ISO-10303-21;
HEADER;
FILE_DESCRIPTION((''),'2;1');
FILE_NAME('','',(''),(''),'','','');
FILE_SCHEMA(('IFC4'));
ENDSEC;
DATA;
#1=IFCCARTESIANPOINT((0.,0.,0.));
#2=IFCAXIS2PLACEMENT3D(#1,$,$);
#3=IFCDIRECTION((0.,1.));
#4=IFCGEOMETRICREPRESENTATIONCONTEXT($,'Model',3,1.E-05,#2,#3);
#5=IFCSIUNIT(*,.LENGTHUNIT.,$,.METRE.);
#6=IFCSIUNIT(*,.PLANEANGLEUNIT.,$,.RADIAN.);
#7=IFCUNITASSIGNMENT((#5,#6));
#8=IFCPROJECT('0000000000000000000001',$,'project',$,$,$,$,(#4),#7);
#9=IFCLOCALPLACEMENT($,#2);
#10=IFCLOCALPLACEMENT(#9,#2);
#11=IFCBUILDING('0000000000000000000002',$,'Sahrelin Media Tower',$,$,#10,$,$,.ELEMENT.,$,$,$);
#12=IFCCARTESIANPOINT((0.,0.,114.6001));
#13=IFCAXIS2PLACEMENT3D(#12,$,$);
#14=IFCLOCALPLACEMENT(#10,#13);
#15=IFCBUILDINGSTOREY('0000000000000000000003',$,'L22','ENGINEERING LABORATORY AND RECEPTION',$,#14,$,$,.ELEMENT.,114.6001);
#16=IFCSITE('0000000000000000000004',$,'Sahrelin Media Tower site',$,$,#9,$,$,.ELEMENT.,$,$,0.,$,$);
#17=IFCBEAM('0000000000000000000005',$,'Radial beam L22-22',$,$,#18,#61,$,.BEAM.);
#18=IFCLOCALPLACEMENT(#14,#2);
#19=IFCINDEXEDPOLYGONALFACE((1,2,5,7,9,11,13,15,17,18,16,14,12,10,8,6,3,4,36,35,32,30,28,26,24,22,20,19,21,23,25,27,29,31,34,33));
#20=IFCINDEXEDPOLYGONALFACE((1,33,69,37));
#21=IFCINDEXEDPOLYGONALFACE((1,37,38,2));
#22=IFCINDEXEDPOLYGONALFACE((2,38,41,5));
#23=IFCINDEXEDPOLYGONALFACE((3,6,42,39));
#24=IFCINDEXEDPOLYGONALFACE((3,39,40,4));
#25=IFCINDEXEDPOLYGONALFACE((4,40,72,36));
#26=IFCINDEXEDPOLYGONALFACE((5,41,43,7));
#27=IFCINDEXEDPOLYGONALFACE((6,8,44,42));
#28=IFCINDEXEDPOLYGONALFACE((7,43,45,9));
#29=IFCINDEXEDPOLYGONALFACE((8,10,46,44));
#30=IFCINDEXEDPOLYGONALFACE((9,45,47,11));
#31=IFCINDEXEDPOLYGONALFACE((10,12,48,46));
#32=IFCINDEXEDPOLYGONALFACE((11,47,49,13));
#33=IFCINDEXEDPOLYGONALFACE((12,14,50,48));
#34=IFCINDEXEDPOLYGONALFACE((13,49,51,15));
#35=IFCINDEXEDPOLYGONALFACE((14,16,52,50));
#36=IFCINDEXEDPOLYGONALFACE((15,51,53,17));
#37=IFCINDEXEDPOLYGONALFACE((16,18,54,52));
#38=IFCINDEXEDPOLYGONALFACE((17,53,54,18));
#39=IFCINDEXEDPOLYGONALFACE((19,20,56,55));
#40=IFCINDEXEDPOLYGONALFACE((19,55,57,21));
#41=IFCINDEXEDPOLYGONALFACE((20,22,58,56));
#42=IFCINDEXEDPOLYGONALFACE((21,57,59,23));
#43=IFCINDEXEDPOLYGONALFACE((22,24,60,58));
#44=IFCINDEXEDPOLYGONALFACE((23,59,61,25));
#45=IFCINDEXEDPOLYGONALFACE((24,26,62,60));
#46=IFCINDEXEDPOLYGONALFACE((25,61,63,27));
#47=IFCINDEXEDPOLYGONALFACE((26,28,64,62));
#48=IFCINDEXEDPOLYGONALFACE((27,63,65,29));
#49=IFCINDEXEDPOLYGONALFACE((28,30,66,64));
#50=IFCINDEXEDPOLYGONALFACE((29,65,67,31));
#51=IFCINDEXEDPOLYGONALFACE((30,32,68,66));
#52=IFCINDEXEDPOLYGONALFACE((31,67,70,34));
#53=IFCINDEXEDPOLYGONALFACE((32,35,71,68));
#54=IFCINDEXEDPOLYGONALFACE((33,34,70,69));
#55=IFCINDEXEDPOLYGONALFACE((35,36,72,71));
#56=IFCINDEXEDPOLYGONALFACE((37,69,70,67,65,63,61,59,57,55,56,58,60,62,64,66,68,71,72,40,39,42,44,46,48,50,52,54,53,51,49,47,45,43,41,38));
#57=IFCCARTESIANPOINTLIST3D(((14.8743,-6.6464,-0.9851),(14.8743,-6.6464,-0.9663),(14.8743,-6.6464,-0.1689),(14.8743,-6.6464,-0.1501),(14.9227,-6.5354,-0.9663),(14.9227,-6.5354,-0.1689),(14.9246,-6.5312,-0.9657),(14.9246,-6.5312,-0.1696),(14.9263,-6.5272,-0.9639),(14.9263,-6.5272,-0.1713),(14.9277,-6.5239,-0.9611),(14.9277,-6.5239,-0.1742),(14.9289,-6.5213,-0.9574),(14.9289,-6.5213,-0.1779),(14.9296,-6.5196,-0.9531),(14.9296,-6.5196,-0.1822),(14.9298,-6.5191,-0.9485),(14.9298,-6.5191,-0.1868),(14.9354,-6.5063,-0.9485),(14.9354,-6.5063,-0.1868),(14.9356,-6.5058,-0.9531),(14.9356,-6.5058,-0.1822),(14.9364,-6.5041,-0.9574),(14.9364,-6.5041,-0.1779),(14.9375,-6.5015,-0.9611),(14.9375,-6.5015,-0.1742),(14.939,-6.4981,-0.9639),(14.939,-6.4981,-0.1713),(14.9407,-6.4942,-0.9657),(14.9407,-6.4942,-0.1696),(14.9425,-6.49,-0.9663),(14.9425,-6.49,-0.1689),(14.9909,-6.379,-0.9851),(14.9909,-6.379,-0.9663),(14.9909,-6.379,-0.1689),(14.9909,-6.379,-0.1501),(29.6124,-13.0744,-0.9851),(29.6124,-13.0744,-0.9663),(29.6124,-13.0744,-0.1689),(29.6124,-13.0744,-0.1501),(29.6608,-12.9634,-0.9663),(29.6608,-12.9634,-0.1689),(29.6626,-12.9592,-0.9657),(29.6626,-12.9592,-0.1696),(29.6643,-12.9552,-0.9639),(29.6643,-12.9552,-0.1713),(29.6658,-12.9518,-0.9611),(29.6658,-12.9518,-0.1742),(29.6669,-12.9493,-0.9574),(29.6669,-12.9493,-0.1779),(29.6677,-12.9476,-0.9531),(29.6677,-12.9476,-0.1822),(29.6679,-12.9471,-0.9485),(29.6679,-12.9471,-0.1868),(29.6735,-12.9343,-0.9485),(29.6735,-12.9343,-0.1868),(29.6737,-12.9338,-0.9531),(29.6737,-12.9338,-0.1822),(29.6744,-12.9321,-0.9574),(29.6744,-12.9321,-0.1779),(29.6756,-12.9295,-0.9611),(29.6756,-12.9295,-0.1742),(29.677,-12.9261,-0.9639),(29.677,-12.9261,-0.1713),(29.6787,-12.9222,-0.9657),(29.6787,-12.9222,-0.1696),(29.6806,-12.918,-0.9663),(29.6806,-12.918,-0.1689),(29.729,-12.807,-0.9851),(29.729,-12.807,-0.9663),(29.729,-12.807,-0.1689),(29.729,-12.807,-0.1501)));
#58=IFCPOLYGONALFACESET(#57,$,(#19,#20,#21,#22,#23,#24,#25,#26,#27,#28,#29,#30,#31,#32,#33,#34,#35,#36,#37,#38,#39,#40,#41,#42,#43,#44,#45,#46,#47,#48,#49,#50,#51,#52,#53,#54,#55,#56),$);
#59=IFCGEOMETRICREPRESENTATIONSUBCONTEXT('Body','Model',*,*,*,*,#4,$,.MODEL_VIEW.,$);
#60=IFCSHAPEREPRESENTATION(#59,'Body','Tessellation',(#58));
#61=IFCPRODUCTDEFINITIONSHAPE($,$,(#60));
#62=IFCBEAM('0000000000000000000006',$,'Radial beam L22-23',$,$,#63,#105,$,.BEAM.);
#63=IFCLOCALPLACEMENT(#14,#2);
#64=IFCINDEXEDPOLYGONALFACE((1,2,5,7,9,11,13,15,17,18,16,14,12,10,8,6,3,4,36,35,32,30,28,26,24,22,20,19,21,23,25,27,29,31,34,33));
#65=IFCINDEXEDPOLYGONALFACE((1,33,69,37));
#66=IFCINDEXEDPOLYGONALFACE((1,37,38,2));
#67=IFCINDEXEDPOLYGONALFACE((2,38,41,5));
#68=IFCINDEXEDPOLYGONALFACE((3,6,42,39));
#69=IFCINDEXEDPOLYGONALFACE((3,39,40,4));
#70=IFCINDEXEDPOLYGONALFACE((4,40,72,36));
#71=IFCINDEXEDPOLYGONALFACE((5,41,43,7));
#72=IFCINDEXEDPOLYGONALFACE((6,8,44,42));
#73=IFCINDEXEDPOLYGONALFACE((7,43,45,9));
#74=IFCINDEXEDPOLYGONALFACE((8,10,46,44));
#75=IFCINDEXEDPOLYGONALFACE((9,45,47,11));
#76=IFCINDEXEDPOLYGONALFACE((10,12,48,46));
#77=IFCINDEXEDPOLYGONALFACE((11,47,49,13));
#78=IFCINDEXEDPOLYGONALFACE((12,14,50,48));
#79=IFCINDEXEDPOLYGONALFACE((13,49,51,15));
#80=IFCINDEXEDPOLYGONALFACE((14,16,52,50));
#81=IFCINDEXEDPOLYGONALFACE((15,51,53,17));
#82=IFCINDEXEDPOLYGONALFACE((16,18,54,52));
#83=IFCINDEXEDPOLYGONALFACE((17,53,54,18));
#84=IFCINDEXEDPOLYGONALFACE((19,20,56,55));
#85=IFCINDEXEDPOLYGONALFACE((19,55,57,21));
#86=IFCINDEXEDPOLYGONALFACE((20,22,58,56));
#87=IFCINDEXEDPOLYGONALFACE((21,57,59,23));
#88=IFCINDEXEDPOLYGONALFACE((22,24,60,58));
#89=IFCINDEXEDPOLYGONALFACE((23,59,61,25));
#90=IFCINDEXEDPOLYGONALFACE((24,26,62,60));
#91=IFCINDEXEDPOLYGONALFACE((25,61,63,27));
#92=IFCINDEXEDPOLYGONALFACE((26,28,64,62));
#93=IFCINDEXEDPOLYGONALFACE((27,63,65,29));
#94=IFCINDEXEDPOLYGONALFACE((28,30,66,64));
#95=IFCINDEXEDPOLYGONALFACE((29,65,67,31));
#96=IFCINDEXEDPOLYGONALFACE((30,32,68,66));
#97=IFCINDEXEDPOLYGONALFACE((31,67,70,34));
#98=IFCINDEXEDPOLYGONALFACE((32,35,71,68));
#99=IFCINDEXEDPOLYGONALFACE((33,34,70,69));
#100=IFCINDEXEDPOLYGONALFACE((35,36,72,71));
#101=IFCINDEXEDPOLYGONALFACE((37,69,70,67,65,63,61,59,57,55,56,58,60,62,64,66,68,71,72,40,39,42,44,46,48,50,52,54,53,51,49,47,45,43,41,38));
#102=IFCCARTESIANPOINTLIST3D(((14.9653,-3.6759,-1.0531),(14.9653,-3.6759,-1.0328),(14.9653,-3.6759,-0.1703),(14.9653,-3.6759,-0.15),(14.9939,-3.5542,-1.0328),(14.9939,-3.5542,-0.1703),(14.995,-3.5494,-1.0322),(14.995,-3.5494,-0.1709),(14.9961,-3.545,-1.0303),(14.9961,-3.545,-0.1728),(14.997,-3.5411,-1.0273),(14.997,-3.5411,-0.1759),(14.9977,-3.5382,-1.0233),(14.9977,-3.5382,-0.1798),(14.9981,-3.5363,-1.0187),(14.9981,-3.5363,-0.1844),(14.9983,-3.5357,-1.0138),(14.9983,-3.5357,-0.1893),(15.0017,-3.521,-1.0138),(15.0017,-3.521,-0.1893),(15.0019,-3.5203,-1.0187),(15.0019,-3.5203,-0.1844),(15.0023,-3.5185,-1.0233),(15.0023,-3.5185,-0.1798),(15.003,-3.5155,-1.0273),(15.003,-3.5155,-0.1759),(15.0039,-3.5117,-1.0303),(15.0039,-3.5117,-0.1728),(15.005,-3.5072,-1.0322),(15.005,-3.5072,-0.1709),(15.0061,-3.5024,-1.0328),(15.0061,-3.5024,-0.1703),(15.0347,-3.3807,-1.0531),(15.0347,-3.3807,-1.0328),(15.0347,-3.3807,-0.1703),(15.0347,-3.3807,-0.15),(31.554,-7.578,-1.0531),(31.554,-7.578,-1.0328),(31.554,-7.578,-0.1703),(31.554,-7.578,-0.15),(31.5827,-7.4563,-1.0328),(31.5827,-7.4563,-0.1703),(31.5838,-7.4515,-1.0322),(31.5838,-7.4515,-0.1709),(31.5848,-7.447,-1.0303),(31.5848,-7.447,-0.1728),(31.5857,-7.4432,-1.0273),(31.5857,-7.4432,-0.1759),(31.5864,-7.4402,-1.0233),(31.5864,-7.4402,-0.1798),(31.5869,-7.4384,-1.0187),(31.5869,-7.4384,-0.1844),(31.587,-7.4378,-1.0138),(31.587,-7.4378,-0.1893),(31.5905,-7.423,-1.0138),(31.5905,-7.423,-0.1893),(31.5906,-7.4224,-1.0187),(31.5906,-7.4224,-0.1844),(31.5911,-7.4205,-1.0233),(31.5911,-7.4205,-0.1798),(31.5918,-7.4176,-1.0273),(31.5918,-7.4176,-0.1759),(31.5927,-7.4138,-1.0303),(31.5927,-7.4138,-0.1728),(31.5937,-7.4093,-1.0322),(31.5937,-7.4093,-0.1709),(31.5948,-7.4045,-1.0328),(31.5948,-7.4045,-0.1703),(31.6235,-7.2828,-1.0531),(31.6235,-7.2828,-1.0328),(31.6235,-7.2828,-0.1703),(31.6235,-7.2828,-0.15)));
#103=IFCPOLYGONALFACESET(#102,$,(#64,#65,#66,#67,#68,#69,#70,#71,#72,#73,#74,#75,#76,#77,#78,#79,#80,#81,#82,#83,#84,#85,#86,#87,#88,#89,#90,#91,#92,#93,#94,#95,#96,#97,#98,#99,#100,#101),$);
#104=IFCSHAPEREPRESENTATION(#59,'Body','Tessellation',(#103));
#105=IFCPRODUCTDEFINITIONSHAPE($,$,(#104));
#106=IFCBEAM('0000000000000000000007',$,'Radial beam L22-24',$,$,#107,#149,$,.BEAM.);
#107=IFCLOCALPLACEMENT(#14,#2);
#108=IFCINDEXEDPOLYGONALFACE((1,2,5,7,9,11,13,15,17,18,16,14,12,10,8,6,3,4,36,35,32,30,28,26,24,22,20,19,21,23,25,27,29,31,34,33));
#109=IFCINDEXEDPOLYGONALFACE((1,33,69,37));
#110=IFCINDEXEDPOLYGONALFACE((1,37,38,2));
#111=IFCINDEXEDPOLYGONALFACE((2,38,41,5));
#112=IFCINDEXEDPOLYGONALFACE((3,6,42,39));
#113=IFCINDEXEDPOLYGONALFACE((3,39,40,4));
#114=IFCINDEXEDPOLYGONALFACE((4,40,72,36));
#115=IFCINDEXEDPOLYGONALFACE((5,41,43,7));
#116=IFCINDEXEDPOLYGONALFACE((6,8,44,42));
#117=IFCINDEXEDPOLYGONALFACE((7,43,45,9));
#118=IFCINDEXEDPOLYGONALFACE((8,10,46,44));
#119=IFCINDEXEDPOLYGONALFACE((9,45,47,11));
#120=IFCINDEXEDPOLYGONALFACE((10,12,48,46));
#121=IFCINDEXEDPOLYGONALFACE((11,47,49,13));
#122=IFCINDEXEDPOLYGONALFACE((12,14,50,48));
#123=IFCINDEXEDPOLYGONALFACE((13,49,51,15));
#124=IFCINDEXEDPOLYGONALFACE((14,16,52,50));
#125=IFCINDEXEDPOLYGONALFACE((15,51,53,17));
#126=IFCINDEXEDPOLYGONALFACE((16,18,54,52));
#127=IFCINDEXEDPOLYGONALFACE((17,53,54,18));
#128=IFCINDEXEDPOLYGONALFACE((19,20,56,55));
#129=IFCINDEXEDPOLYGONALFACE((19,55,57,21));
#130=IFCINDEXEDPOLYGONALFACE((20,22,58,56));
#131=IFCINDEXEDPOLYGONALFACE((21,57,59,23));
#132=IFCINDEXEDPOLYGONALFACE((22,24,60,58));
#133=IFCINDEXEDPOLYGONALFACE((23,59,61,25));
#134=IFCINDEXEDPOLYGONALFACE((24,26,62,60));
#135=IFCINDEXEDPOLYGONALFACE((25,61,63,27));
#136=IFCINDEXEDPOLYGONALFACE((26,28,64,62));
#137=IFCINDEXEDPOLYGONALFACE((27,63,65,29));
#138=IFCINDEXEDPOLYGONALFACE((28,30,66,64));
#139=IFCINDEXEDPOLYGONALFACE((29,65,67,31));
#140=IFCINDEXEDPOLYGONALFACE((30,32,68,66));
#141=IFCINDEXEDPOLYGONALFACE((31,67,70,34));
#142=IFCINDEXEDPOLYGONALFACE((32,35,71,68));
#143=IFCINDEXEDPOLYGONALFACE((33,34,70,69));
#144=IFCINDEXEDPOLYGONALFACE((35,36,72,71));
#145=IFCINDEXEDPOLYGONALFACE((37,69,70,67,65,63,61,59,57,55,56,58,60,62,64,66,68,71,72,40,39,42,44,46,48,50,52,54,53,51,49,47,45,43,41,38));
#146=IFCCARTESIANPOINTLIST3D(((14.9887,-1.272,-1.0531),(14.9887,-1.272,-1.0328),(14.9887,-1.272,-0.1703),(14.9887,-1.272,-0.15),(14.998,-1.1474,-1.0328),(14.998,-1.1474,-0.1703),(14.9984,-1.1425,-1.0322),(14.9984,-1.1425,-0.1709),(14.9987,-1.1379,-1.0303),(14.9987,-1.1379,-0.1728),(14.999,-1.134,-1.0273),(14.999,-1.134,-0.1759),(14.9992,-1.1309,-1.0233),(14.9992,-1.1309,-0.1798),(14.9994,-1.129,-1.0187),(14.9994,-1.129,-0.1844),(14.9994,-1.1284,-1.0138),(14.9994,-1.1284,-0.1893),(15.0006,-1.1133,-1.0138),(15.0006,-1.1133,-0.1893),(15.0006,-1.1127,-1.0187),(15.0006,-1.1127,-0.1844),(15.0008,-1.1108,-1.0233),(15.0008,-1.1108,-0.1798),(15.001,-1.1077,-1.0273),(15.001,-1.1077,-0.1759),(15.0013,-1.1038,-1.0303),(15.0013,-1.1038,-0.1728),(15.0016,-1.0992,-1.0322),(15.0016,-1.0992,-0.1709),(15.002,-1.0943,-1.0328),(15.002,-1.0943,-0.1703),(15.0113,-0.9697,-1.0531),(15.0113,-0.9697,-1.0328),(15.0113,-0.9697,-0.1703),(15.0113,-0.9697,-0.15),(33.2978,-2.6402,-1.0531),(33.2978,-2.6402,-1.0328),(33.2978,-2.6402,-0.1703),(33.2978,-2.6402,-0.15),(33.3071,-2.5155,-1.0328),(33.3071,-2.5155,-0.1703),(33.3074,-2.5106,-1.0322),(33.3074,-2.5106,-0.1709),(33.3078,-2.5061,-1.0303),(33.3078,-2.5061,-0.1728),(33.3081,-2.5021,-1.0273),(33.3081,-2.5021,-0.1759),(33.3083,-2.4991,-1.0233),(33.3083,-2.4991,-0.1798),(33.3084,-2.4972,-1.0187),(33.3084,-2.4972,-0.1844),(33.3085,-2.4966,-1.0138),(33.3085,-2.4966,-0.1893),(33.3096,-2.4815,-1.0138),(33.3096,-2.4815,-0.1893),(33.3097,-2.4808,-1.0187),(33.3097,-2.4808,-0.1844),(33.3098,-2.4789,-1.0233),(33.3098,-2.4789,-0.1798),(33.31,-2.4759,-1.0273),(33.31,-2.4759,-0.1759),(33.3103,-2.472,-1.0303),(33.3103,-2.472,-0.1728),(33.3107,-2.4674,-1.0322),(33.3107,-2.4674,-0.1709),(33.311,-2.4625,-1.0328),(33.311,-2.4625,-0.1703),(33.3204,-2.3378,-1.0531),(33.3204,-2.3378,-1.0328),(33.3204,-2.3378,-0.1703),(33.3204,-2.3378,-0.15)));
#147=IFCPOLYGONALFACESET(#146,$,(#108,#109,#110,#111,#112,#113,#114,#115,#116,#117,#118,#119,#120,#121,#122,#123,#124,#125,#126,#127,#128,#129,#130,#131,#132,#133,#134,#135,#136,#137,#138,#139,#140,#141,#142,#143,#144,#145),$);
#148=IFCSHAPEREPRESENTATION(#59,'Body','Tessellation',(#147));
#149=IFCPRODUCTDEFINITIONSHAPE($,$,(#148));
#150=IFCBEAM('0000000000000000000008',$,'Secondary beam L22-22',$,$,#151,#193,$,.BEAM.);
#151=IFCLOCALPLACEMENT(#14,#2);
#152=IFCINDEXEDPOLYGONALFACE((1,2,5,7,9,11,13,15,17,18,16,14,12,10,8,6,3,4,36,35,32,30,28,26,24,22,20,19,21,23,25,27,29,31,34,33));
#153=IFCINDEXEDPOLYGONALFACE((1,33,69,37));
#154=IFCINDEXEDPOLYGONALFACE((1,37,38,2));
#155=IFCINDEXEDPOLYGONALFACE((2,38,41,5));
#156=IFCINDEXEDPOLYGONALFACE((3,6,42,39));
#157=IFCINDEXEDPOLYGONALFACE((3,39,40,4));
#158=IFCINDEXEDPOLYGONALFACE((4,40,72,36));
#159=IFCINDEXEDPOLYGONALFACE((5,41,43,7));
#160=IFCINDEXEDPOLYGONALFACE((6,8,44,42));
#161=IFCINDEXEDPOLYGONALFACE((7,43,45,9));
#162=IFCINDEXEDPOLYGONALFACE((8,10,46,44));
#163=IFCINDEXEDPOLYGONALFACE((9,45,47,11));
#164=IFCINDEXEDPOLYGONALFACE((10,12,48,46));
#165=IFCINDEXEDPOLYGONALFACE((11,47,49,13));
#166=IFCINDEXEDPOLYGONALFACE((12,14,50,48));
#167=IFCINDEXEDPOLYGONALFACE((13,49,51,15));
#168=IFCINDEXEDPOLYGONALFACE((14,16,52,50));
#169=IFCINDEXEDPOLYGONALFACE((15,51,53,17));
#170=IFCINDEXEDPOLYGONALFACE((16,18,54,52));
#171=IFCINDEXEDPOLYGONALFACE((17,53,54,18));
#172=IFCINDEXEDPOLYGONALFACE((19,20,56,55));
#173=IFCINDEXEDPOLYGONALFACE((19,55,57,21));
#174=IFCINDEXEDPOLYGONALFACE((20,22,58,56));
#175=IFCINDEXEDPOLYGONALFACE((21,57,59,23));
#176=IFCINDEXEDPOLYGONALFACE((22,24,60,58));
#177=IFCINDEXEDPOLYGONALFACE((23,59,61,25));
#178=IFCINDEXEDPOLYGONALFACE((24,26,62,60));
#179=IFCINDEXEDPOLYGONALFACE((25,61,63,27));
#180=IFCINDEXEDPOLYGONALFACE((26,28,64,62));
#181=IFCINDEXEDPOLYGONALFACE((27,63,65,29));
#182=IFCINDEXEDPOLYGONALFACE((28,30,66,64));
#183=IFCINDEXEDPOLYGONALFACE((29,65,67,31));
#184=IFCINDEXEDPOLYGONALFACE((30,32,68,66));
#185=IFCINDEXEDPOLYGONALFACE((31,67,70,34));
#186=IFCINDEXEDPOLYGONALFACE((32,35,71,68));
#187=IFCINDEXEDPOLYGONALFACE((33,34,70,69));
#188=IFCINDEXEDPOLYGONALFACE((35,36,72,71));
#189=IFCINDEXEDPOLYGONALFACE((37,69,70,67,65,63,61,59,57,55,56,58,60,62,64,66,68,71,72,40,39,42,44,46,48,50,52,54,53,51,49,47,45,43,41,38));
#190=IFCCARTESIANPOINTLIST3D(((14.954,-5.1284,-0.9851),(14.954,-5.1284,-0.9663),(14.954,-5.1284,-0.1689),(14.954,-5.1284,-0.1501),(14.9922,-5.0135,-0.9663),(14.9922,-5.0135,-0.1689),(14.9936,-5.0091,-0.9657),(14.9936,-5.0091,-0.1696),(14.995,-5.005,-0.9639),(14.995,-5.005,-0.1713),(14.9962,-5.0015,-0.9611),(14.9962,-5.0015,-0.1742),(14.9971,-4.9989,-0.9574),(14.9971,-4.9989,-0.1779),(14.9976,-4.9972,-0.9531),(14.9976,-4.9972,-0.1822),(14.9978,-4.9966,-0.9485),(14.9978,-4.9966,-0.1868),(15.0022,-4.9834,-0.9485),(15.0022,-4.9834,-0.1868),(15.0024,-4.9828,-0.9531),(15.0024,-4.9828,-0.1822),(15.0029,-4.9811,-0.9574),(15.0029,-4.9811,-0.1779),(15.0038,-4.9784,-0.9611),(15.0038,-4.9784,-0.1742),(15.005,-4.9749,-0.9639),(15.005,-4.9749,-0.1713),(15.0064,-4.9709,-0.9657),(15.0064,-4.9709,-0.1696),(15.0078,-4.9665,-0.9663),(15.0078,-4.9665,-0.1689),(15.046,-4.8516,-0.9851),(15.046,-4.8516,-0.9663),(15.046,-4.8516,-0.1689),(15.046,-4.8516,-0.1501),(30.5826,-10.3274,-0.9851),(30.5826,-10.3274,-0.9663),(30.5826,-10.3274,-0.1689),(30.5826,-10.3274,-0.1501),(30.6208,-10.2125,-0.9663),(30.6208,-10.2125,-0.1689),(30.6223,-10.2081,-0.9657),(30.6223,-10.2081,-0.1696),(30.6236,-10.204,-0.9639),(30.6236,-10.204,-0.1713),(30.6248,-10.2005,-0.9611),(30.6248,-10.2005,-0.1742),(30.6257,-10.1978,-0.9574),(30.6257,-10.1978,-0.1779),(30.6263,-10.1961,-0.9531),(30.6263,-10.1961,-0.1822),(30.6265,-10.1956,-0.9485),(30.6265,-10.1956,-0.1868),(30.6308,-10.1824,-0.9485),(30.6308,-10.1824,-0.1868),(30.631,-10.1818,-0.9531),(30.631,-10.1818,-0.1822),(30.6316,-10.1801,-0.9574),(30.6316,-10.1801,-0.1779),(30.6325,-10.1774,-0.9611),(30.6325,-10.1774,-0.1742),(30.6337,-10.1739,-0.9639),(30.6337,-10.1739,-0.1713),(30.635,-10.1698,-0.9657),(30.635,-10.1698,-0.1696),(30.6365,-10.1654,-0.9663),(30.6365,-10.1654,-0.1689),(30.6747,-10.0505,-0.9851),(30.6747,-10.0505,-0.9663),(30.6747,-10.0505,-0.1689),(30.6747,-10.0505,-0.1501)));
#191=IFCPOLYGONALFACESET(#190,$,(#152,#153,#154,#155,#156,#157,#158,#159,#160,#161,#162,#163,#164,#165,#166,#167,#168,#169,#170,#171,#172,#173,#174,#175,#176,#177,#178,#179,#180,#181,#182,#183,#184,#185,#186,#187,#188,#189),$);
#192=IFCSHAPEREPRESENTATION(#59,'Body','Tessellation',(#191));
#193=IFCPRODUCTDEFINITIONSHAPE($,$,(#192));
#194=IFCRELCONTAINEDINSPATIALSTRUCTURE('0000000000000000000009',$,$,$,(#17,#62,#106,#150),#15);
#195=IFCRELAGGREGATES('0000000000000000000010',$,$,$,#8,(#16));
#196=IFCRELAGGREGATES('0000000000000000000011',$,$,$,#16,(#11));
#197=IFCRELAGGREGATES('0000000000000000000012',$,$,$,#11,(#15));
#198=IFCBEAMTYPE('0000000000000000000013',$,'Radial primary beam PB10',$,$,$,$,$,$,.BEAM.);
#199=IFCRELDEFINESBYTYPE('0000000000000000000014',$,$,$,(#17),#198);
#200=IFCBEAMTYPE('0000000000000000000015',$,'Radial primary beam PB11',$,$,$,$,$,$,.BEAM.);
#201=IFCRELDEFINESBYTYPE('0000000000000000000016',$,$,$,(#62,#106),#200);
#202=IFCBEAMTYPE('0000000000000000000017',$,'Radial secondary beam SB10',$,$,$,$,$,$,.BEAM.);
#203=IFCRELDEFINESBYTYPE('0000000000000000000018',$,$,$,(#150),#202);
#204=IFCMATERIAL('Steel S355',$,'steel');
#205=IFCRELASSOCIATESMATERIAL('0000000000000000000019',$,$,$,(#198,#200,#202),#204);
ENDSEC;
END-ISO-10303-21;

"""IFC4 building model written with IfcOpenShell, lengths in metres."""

from ifc_helpers import new_model, si_unit, direction, frame, origin, origin_2d, place, context, subcontext, project, spatial, i_section, extrude, material, material_profile, profile_set, type_object, element, save


model = new_model("IFC4")

# Units and contexts
model_context = context("Model", 3, precision=1e-05, world=origin(), true_north=direction((0.0, 1.0)))
body_context = subcontext(model_context, "Body", "Model", "MODEL_VIEW")
ifc_project = project(units=[si_unit("LENGTHUNIT", "METRE"), si_unit("PLANEANGLEUNIT", "RADIAN")], contexts=[model_context])

# Site, building, storey
site_placement = place(None, origin())
site = spatial("IfcSite", under=ifc_project, at=site_placement, Name="Sahrelin Media Tower site", CompositionType="ELEMENT", RefElevation=0.0)
building_placement = place(site_placement, origin())
building = spatial("IfcBuilding", under=site, at=building_placement, Name="Sahrelin Media Tower", CompositionType="ELEMENT")
storey_placement = place(building_placement, frame((0.0, 0.0, 114.6001)))
storey = spatial("IfcBuildingStorey", under=building, at=storey_placement, Name="L22", Description="ENGINEERING LABORATORY AND RECEPTION", CompositionType="ELEMENT", Elevation=114.6001)

# Beams
ifc_material_1 = material(Name="Steel S355", Category="steel")
ifc_material_profile_1 = material_profile(ifc_material_1, i_section(OverallWidth=0.2917, OverallDepth=0.835, WebThickness=0.0139, FlangeThickness=0.0188, FilletRadius=0.0178, at=origin_2d()), Name="UB 838x292x176")
ifc_profile_set_1 = profile_set([ifc_material_profile_1], Name="Steel S355")
beam_type_1 = type_object("IfcBeamType", Name="Radial primary beam PB10", PredefinedType="BEAM", material=ifc_profile_set_1)
beam_1_placement = place(storey_placement, frame((14.9326, -6.5127, -0.5676), z_axis=(0.916612, -0.399779, 0.0), x_axis=(0.399779, 0.916612, 0.0)))
element("IfcBeam", 1, at=beam_1_placement, inside=storey, type_object=beam_type_1, Name="Radial beam L22-22", PredefinedType="BEAM", context=body_context, shape_type="SweptSolid", body=[
    extrude(i_section(OverallWidth=0.2917, OverallDepth=0.835, WebThickness=0.0139, FlangeThickness=0.0188, FilletRadius=0.0178, at=origin_2d()), origin(), (0.0, 0.0, 1.0), 16.0789),
])
ifc_material_profile_2 = material_profile(ifc_material_1, i_section(OverallWidth=0.3032, OverallDepth=0.9031, WebThickness=0.0151, FlangeThickness=0.0203, FilletRadius=0.019, at=origin_2d()), Name="UB 914x305x201")
ifc_profile_set_2 = profile_set([ifc_material_profile_2], Name="Steel S355")
beam_type_2 = type_object("IfcBeamType", Name="Radial primary beam PB11", PredefinedType="BEAM", material=ifc_profile_set_2)
beam_2_placement = place(storey_placement, frame((15.0, -3.5283, -0.6016), z_axis=(0.973432, -0.228975, 0.0), x_axis=(0.228975, 0.973432, 0.0)))
element("IfcBeam", 2, at=beam_2_placement, inside=storey, type_object=beam_type_2, Name="Radial beam L22-23", PredefinedType="BEAM", context=body_context, shape_type="SweptSolid", body=[
    extrude(i_section(OverallWidth=0.3032, OverallDepth=0.9031, WebThickness=0.0151, FlangeThickness=0.0203, FilletRadius=0.019, at=origin_2d()), origin(), (0.0, 0.0, 1.0), 17.0415),
])
beam_3_placement = place(storey_placement, frame((15.0, -1.1208, -0.6016), z_axis=(0.99722, -0.074518, 0.0), x_axis=(0.074518, 0.99722, 0.0)))
element("IfcBeam", 3, at=beam_3_placement, inside=storey, type_object=beam_type_2, Name="Radial beam L22-24", PredefinedType="BEAM", context=body_context, shape_type="SweptSolid", body=[
    extrude(i_section(OverallWidth=0.3032, OverallDepth=0.9031, WebThickness=0.0151, FlangeThickness=0.0203, FilletRadius=0.019, at=origin_2d()), origin(), (0.0, 0.0, 1.0), 18.3601),
])
ifc_material_profile_3 = material_profile(ifc_material_1, i_section(OverallWidth=0.2917, OverallDepth=0.835, WebThickness=0.0139, FlangeThickness=0.0188, FilletRadius=0.0178, at=origin_2d()), Name="UB 838x292x176")
ifc_profile_set_3 = profile_set([ifc_material_profile_3], Name="Steel S355")
beam_type_3 = type_object("IfcBeamType", Name="Radial secondary beam SB10", PredefinedType="BEAM", material=ifc_profile_set_3)
beam_4_placement = place(storey_placement, frame((15.0, -4.99, -0.5676), z_axis=(0.948876, -0.31565, 0.0), x_axis=(0.31565, 0.948876, 0.0)))
element("IfcBeam", 4, at=beam_4_placement, inside=storey, type_object=beam_type_3, Name="Secondary beam L22-22", PredefinedType="BEAM", context=body_context, shape_type="SweptSolid", body=[
    extrude(i_section(OverallWidth=0.2917, OverallDepth=0.835, WebThickness=0.0139, FlangeThickness=0.0188, FilletRadius=0.0178, at=origin_2d()), origin(), (0.0, 0.0, 1.0), 16.4707),
])

save(model, "model.ifc")
